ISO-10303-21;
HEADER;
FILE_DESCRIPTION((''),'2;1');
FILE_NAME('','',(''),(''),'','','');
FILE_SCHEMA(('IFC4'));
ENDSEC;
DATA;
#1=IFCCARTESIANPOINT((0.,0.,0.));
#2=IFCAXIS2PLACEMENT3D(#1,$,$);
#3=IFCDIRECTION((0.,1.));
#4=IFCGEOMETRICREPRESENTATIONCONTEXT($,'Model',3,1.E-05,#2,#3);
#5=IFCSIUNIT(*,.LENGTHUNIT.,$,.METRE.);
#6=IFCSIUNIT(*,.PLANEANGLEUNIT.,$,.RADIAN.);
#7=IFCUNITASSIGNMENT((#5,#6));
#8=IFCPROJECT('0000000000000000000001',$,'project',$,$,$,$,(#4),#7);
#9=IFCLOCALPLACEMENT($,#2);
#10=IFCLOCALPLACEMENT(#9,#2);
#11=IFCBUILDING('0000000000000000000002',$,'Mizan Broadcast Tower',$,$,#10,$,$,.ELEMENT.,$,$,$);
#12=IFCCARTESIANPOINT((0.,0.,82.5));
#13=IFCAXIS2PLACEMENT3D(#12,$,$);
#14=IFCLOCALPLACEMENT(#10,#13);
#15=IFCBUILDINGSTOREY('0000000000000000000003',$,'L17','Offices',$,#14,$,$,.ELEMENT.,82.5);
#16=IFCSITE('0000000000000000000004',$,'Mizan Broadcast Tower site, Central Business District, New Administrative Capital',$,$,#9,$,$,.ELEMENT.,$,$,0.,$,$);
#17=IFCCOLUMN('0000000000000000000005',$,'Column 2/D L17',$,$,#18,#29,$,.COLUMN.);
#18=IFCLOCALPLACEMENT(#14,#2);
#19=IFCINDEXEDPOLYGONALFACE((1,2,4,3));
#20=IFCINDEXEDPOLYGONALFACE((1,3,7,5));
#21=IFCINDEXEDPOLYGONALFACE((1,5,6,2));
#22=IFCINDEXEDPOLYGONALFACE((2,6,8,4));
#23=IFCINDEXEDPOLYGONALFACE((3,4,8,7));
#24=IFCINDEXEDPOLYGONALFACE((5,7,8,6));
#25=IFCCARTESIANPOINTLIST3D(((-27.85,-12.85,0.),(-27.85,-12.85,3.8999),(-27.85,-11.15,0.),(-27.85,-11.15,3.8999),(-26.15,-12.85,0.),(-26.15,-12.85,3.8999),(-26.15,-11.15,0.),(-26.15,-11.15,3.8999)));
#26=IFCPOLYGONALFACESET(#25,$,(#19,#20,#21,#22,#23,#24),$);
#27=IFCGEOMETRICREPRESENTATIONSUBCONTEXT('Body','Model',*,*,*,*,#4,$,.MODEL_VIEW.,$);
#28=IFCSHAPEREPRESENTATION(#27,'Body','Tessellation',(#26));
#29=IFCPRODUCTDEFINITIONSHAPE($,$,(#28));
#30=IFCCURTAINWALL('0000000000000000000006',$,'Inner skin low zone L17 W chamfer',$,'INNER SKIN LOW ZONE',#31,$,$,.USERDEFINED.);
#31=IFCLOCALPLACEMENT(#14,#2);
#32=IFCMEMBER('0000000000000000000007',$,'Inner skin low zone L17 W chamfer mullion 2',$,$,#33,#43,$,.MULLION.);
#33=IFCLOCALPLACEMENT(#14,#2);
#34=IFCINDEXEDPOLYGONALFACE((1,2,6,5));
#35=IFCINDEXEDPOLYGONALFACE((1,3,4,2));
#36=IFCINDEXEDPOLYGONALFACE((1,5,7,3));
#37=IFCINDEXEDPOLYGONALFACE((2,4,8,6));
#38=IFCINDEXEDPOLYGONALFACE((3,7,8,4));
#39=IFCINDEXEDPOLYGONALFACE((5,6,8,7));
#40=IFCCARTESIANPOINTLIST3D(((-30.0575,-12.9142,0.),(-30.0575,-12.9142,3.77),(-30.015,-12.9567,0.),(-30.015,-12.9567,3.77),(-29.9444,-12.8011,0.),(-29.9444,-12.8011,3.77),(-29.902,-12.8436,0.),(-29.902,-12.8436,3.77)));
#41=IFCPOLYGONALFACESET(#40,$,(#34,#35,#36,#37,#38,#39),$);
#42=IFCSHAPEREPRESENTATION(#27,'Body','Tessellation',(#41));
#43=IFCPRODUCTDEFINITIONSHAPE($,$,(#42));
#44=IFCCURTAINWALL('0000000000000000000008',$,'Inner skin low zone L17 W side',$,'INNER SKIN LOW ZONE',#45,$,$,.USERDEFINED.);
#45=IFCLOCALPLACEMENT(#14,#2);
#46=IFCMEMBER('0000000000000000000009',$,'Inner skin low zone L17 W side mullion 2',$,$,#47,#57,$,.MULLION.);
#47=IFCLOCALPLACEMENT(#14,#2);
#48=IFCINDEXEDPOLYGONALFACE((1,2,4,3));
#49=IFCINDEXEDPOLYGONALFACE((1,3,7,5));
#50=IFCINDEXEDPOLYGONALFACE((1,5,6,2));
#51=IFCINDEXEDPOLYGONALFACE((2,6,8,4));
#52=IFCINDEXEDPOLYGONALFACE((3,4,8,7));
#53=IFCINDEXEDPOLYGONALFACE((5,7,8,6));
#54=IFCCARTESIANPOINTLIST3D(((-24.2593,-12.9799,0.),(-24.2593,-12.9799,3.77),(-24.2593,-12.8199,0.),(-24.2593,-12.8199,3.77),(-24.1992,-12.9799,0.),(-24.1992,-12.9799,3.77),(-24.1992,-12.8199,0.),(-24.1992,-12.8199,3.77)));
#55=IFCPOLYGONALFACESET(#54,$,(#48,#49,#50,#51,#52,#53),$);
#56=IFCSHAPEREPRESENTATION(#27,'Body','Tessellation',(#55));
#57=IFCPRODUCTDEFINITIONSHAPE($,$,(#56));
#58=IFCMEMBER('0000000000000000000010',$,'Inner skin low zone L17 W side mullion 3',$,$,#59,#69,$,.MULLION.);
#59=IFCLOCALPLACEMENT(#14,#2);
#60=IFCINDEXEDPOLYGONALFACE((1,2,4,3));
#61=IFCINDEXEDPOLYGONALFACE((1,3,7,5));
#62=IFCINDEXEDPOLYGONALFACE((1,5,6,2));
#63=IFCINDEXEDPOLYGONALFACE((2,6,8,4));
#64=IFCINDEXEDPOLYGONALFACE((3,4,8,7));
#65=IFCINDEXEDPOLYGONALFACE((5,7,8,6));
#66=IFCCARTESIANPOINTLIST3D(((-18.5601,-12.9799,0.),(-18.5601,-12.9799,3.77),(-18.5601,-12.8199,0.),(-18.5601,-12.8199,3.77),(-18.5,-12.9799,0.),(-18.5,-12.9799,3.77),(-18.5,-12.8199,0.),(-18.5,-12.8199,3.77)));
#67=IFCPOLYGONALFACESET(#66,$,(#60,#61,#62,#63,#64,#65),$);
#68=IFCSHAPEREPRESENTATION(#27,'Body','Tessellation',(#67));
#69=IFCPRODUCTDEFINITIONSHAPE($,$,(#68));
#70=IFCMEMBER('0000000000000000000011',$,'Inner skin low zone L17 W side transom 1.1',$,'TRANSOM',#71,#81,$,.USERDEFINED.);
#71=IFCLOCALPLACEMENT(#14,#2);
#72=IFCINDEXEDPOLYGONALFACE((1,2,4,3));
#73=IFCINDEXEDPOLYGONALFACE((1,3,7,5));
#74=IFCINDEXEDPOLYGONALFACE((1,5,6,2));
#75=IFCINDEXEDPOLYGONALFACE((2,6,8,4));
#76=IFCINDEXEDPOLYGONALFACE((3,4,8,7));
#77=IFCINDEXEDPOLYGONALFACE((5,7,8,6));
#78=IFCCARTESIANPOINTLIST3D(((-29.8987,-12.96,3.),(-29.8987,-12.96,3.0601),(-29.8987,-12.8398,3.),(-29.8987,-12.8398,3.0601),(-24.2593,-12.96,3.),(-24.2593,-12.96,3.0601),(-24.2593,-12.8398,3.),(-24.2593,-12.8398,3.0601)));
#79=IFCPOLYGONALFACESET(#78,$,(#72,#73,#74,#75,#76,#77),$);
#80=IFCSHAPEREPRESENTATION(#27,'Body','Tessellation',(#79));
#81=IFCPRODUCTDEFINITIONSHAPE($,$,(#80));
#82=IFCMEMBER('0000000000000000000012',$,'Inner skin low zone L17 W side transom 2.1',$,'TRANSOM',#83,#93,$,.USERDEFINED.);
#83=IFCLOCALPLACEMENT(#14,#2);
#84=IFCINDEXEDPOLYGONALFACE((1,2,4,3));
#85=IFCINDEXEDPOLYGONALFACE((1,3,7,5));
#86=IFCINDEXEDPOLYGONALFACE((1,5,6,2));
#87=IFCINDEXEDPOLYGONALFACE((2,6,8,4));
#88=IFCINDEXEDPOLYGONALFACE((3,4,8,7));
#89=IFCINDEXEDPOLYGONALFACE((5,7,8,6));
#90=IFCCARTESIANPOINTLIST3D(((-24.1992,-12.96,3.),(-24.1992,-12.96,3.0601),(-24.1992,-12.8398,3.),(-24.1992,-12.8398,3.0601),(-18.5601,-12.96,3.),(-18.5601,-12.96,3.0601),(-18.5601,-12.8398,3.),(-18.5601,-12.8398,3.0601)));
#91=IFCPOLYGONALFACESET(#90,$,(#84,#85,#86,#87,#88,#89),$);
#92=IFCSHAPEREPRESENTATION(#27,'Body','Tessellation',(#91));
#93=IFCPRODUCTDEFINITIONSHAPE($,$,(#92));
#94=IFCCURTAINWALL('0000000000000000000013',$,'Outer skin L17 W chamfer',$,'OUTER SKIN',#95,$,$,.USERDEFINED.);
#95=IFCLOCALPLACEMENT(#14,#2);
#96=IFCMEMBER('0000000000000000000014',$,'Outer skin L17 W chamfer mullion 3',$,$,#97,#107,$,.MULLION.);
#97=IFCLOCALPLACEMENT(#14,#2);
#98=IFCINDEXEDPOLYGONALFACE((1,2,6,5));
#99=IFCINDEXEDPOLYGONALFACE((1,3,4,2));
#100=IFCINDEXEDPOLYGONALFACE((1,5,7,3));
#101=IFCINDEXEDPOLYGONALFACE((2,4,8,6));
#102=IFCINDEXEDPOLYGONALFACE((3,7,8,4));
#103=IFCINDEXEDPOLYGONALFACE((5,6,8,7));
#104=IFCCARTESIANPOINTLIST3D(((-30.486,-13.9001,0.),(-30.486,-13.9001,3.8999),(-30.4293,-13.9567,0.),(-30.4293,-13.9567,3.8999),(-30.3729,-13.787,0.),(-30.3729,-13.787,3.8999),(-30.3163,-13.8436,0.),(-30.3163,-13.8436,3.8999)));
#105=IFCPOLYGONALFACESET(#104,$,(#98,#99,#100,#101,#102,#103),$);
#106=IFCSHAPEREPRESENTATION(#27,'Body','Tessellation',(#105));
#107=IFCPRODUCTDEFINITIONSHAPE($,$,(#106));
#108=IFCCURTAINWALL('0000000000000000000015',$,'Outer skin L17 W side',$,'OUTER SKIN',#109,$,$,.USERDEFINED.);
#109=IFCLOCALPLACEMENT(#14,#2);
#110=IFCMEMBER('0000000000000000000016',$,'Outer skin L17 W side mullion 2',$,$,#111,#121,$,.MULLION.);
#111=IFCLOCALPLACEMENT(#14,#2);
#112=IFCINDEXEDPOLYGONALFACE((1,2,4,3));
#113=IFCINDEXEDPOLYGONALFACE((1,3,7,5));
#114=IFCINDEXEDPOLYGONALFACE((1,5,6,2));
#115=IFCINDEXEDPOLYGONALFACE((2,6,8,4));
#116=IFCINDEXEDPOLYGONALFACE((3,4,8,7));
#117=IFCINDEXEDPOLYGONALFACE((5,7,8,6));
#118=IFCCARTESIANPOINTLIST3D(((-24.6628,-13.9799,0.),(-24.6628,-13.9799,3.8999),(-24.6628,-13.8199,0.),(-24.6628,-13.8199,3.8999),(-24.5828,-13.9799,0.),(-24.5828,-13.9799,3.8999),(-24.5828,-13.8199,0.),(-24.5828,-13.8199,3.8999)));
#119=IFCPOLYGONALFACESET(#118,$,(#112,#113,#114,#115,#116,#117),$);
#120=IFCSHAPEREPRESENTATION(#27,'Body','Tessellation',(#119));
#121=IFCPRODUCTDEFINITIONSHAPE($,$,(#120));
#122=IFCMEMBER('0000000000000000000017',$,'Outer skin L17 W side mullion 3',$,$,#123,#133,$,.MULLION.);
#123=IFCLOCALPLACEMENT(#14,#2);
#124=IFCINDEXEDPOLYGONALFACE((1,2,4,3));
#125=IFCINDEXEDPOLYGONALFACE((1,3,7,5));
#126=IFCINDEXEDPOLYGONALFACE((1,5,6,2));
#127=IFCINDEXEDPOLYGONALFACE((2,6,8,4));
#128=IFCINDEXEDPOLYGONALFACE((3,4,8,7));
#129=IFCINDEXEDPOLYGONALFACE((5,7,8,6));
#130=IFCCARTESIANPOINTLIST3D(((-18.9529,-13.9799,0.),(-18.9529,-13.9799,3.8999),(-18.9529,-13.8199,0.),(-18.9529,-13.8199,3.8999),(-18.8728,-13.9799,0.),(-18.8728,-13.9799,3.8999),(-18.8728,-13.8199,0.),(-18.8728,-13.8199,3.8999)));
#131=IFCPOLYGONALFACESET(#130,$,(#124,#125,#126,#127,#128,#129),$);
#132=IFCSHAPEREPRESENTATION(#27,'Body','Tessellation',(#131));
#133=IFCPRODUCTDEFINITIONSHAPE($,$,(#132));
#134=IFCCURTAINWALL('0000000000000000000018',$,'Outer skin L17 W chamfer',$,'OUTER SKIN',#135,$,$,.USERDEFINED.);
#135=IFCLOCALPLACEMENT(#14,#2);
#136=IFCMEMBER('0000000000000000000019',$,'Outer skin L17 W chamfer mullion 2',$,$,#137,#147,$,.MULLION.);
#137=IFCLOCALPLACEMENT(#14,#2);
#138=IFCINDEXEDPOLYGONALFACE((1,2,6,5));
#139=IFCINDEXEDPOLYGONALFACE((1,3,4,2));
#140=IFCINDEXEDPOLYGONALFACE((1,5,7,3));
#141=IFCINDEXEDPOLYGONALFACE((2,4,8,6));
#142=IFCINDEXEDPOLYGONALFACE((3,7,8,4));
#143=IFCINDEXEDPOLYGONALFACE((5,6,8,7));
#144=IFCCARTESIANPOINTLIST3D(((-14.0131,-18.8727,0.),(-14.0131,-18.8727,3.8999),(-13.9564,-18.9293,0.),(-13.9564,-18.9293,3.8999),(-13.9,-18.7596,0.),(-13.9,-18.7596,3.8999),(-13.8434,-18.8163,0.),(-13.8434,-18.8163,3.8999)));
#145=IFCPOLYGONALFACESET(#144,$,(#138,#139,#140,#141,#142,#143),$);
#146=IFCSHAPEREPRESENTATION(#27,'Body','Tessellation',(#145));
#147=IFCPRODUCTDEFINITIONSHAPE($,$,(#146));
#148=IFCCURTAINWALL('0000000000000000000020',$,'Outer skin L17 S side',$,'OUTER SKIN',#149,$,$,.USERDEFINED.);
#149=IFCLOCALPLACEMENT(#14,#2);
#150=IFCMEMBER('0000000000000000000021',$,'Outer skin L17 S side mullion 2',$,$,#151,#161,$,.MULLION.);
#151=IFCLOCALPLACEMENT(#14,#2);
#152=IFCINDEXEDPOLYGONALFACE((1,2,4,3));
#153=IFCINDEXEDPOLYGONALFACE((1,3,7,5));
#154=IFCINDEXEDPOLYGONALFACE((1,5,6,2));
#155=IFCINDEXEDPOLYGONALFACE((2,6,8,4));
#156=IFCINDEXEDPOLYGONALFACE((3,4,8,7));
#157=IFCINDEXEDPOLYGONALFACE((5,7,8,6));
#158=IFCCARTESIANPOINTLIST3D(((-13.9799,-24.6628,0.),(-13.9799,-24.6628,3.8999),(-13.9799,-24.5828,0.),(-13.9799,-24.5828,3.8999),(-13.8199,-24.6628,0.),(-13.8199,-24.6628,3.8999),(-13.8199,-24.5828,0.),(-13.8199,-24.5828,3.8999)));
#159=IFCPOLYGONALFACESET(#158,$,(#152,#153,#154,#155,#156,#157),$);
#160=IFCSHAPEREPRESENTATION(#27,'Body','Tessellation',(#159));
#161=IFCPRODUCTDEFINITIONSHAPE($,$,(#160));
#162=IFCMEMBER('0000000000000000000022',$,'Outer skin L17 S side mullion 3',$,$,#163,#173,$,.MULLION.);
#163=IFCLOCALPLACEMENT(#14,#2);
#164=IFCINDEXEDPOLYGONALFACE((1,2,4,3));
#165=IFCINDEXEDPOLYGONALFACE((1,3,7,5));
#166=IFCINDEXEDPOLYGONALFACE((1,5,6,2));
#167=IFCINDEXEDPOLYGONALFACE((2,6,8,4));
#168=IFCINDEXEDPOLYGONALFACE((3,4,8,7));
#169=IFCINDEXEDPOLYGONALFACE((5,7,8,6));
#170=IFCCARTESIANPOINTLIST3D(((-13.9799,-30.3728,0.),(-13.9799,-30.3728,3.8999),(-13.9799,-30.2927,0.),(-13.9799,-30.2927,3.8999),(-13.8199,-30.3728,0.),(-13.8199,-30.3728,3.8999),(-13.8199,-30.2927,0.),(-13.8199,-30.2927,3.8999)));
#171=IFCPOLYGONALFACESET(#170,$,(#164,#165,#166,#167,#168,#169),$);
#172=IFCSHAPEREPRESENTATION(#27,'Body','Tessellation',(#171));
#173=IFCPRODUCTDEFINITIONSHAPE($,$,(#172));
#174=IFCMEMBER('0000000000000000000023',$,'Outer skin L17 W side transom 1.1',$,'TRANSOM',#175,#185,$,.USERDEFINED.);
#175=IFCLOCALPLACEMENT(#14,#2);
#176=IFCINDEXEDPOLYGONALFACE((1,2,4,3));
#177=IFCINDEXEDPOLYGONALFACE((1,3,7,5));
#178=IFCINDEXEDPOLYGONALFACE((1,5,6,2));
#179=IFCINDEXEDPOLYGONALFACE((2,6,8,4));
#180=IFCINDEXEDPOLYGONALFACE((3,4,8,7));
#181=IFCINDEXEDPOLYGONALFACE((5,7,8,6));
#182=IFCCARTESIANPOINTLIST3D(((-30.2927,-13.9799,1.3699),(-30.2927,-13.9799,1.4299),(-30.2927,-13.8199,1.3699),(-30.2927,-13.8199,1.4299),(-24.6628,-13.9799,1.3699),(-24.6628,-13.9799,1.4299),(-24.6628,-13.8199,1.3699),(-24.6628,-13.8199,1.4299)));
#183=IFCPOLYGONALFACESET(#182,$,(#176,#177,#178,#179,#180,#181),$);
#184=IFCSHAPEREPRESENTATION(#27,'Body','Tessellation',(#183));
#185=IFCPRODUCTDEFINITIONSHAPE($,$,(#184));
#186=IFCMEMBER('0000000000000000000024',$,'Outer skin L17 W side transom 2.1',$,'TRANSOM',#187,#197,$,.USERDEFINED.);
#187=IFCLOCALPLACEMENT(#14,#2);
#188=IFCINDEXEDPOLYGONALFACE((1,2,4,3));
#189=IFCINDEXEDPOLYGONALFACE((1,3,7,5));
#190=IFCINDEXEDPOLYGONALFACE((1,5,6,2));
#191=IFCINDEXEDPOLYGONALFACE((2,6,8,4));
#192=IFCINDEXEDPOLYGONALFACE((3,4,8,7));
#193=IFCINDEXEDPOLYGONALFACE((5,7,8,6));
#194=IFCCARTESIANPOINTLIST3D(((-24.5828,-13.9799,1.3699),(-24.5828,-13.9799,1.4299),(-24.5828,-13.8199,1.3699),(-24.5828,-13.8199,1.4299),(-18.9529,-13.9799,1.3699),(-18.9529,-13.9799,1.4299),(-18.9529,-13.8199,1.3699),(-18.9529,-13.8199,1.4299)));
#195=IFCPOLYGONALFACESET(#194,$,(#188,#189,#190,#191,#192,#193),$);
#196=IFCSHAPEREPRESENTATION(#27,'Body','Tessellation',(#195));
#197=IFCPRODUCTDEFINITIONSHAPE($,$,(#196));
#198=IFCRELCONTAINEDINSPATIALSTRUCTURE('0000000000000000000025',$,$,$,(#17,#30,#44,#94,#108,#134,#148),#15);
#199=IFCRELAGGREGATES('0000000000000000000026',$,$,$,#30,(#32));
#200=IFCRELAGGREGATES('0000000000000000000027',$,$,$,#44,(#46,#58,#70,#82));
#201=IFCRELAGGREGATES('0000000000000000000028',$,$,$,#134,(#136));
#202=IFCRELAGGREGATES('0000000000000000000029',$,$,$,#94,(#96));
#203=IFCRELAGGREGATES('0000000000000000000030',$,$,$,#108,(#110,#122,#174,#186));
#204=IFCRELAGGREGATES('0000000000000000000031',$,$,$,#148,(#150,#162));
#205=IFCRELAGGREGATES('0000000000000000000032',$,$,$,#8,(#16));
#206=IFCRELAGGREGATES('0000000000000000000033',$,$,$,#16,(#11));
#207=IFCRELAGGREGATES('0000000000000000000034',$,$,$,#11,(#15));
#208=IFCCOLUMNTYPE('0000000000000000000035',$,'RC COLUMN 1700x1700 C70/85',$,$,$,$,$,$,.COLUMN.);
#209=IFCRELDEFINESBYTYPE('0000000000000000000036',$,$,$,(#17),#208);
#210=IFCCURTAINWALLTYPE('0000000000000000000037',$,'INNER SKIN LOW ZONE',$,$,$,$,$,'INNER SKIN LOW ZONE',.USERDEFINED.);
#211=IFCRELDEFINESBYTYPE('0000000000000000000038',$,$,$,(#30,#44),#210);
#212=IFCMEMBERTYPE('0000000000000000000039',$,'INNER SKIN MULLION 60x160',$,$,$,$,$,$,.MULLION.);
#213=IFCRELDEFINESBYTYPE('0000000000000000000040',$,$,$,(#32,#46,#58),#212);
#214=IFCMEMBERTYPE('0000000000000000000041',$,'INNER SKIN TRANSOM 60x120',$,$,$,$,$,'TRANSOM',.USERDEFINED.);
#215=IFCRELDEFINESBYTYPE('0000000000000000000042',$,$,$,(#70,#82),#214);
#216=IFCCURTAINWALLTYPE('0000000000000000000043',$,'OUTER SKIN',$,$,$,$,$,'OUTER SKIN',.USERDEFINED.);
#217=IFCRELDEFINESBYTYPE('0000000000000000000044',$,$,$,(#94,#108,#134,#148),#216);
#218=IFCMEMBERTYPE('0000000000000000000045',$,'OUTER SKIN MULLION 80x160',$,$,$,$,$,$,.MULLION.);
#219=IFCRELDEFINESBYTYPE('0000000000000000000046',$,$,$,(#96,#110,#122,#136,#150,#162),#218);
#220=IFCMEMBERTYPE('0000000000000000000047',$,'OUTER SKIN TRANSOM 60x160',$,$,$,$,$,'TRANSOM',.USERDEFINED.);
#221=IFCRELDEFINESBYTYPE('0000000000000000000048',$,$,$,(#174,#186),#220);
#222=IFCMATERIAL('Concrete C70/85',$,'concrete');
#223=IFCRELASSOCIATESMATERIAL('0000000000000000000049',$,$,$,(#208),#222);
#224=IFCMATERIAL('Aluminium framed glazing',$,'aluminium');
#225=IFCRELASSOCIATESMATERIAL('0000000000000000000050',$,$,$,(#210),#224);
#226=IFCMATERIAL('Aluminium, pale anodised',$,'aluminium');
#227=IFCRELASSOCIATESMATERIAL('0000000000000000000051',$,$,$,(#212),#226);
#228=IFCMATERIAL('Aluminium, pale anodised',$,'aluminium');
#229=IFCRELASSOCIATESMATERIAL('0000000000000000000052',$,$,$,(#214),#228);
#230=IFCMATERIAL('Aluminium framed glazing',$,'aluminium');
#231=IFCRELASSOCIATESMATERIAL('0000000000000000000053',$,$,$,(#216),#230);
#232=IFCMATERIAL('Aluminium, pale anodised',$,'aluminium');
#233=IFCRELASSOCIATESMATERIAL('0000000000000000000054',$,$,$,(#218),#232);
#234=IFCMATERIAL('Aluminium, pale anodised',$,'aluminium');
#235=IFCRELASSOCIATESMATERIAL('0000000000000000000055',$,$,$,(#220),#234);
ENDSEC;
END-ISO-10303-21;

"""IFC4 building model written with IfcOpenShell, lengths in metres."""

from ifc_helpers import new_model, si_unit, direction, frame, origin, origin_2d, place, context, subcontext, project, spatial, rectangle, extrude, material, material_profile, profile_set, type_object, element, aggregate, save


model = new_model("IFC4")

# Units and contexts
model_context = context("Model", 3, precision=1e-05, world=origin(), true_north=direction((0.0, 1.0)))
body_context = subcontext(model_context, "Body", "Model", "MODEL_VIEW")
ifc_project = project(units=[si_unit("LENGTHUNIT", "METRE"), si_unit("PLANEANGLEUNIT", "RADIAN")], contexts=[model_context])

# Site, building, storey
site_placement = place(None, origin())
site = spatial("IfcSite", under=ifc_project, at=site_placement, Name="Mizan Broadcast Tower site, Central Business District, New Administrative Capital", CompositionType="ELEMENT", RefElevation=0.0)
building_placement = place(site_placement, origin())
building = spatial("IfcBuilding", under=site, at=building_placement, Name="Mizan Broadcast Tower", CompositionType="ELEMENT")
storey_placement = place(building_placement, frame((0.0, 0.0, 82.5)))
storey = spatial("IfcBuildingStorey", under=building, at=storey_placement, Name="L17", Description="Offices", CompositionType="ELEMENT", Elevation=82.5)

# Column
ifc_material_1 = material(Name="Concrete C70/85", Category="concrete")
ifc_material_profile_1 = material_profile(ifc_material_1, rectangle(XDim=1.7, YDim=1.7, at=origin_2d()), Name="RC 1700x1700")
ifc_profile_set_1 = profile_set([ifc_material_profile_1], Name="Concrete C70/85")
column_type = type_object("IfcColumnType", Name="RC COLUMN 1700x1700 C70/85", PredefinedType="COLUMN", material=ifc_profile_set_1)
column_placement = place(storey_placement, frame((-27.0, -12.0, 0.0), z_axis=(0.0, 0.0, 1.0), x_axis=(1.0, 0.0, 0.0)))
element("IfcColumn", 1, at=column_placement, inside=storey, type_object=column_type, Name="Column 2/D L17", PredefinedType="COLUMN", context=body_context, shape_type="SweptSolid", body=[
    extrude(rectangle(XDim=1.7, YDim=1.7, at=origin_2d()), origin(), (0.0, 0.0, 1.0), 3.8999),
])

# Curtain wall, member
ifc_material_2 = material(Name="Aluminium framed glazing", Category="aluminium")
curtain_wall_type_1 = type_object("IfcCurtainWallType", Name="INNER SKIN LOW ZONE", ElementType="INNER SKIN LOW ZONE", PredefinedType="USERDEFINED", material=ifc_material_2)
curtain_wall_1_placement = place(storey_placement, origin())
curtain_wall_1 = element("IfcCurtainWall", 2, at=curtain_wall_1_placement, inside=storey, type_object=curtain_wall_type_1, Name="Inner skin low zone L17 W chamfer", ObjectType="INNER SKIN LOW ZONE", PredefinedType="USERDEFINED")
ifc_material_3 = material(Name="Aluminium, pale anodised", Category="aluminium")
ifc_material_profile_2 = material_profile(ifc_material_3, rectangle(XDim=0.1599, YDim=0.0601, at=origin_2d()), Name="MULLION 160x60")
ifc_profile_set_2 = profile_set([ifc_material_profile_2], Name="Aluminium, pale anodised")
member_type_1 = type_object("IfcMemberType", Name="INNER SKIN MULLION 60x160", PredefinedType="MULLION", material=ifc_profile_set_2)
member_1_placement = place(storey_placement, frame((-29.9797, -12.8789, 0.0), z_axis=(0.0, 0.0, 1.0), x_axis=(0.707107, 0.707107, 0.0)))
member_1 = element("IfcMember", 3, at=member_1_placement, type_object=member_type_1, Name="Inner skin low zone L17 W chamfer mullion 2", PredefinedType="MULLION", context=body_context, shape_type="SweptSolid", body=[
    extrude(rectangle(XDim=0.1599, YDim=0.0601, at=origin_2d()), origin(), (0.0, 0.0, 1.0), 3.77),
])
aggregate(curtain_wall_1, [member_1])

# Curtain wall, members
curtain_wall_2_placement = place(storey_placement, origin())
curtain_wall_2 = element("IfcCurtainWall", 4, at=curtain_wall_2_placement, inside=storey, type_object=curtain_wall_type_1, Name="Inner skin low zone L17 W side", ObjectType="INNER SKIN LOW ZONE", PredefinedType="USERDEFINED")
member_2_placement = place(storey_placement, frame((-24.2292, -12.8999, 0.0), z_axis=(0.0, 0.0, 1.0), x_axis=(0.0, 1.0, 0.0)))
member_2 = element("IfcMember", 5, at=member_2_placement, type_object=member_type_1, Name="Inner skin low zone L17 W side mullion 2", PredefinedType="MULLION", context=body_context, shape_type="SweptSolid", body=[
    extrude(rectangle(XDim=0.1599, YDim=0.0601, at=origin_2d()), origin(), (0.0, 0.0, 1.0), 3.77),
])
member_3_placement = place(storey_placement, frame((-18.53, -12.8999, 0.0), z_axis=(0.0, 0.0, 1.0), x_axis=(0.0, 1.0, 0.0)))
member_3 = element("IfcMember", 6, at=member_3_placement, type_object=member_type_1, Name="Inner skin low zone L17 W side mullion 3", PredefinedType="MULLION", context=body_context, shape_type="SweptSolid", body=[
    extrude(rectangle(XDim=0.1599, YDim=0.0601, at=origin_2d()), origin(), (0.0, 0.0, 1.0), 3.77),
])
ifc_material_4 = material(Name="Aluminium, pale anodised", Category="aluminium")
ifc_material_profile_3 = material_profile(ifc_material_4, rectangle(XDim=0.1201, YDim=0.0601, at=origin_2d()), Name="TRANSOM 120x60")
ifc_profile_set_3 = profile_set([ifc_material_profile_3], Name="Aluminium, pale anodised")
member_type_2 = type_object("IfcMemberType", Name="INNER SKIN TRANSOM 60x120", ElementType="TRANSOM", PredefinedType="USERDEFINED", material=ifc_profile_set_3)
member_4_placement = place(storey_placement, frame((-29.8987, -12.8999, 3.03), z_axis=(1.0, 0.0, 0.0), x_axis=(0.0, 1.0, 0.0)))
member_4 = element("IfcMember", 7, at=member_4_placement, type_object=member_type_2, Name="Inner skin low zone L17 W side transom 1.1", ObjectType="TRANSOM", PredefinedType="USERDEFINED", context=body_context, shape_type="SweptSolid", body=[
    extrude(rectangle(XDim=0.1201, YDim=0.0601, at=origin_2d()), origin(), (0.0, 0.0, 1.0), 5.6394),
])
member_5_placement = place(storey_placement, frame((-24.1992, -12.8999, 3.03), z_axis=(1.0, 0.0, 0.0), x_axis=(0.0, 1.0, 0.0)))
member_5 = element("IfcMember", 8, at=member_5_placement, type_object=member_type_2, Name="Inner skin low zone L17 W side transom 2.1", ObjectType="TRANSOM", PredefinedType="USERDEFINED", context=body_context, shape_type="SweptSolid", body=[
    extrude(rectangle(XDim=0.1201, YDim=0.0601, at=origin_2d()), origin(), (0.0, 0.0, 1.0), 5.6392),
])

# Curtain wall, member
ifc_material_5 = material(Name="Aluminium framed glazing", Category="aluminium")
curtain_wall_type_2 = type_object("IfcCurtainWallType", Name="OUTER SKIN", ElementType="OUTER SKIN", PredefinedType="USERDEFINED", material=ifc_material_5)
curtain_wall_3_placement = place(storey_placement, origin())
curtain_wall_3 = element("IfcCurtainWall", 9, at=curtain_wall_3_placement, inside=storey, type_object=curtain_wall_type_2, Name="Outer skin L17 W chamfer", ObjectType="OUTER SKIN", PredefinedType="USERDEFINED")
ifc_material_6 = material(Name="Aluminium, pale anodised", Category="aluminium")
ifc_material_profile_4 = material_profile(ifc_material_6, rectangle(XDim=0.1599, YDim=0.0801, at=origin_2d()), Name="MULLION 160x80")
ifc_profile_set_4 = profile_set([ifc_material_profile_4], Name="Aluminium, pale anodised")
member_type_3 = type_object("IfcMemberType", Name="OUTER SKIN MULLION 80x160", PredefinedType="MULLION", material=ifc_profile_set_4)
member_6_placement = place(storey_placement, frame((-30.4011, -13.8718, 0.0), z_axis=(0.0, 0.0, 1.0), x_axis=(0.707107, 0.707107, 0.0)))
member_6 = element("IfcMember", 10, at=member_6_placement, type_object=member_type_3, Name="Outer skin L17 W chamfer mullion 3", PredefinedType="MULLION", context=body_context, shape_type="SweptSolid", body=[
    extrude(rectangle(XDim=0.1599, YDim=0.0801, at=origin_2d()), origin(), (0.0, 0.0, 1.0), 3.8999),
])

# Curtain wall, members
curtain_wall_4_placement = place(storey_placement, origin())
curtain_wall_4 = element("IfcCurtainWall", 11, at=curtain_wall_4_placement, inside=storey, type_object=curtain_wall_type_2, Name="Outer skin L17 W side", ObjectType="OUTER SKIN", PredefinedType="USERDEFINED")
member_7_placement = place(storey_placement, frame((-24.6228, -13.8999, 0.0), z_axis=(0.0, 0.0, 1.0), x_axis=(0.0, 1.0, 0.0)))
member_7 = element("IfcMember", 12, at=member_7_placement, type_object=member_type_3, Name="Outer skin L17 W side mullion 2", PredefinedType="MULLION", context=body_context, shape_type="SweptSolid", body=[
    extrude(rectangle(XDim=0.1599, YDim=0.0801, at=origin_2d()), origin(), (0.0, 0.0, 1.0), 3.8999),
])
member_8_placement = place(storey_placement, frame((-18.9128, -13.8999, 0.0), z_axis=(0.0, 0.0, 1.0), x_axis=(0.0, 1.0, 0.0)))
member_8 = element("IfcMember", 13, at=member_8_placement, type_object=member_type_3, Name="Outer skin L17 W side mullion 3", PredefinedType="MULLION", context=body_context, shape_type="SweptSolid", body=[
    extrude(rectangle(XDim=0.1599, YDim=0.0801, at=origin_2d()), origin(), (0.0, 0.0, 1.0), 3.8999),
])

# Curtain wall, member
curtain_wall_5_placement = place(storey_placement, origin())
curtain_wall_5 = element("IfcCurtainWall", 14, at=curtain_wall_5_placement, inside=storey, type_object=curtain_wall_type_2, Name="Outer skin L17 W chamfer", ObjectType="OUTER SKIN", PredefinedType="USERDEFINED")
member_9_placement = place(storey_placement, frame((-13.9282, -18.8445, 0.0), z_axis=(0.0, 0.0, 1.0), x_axis=(0.707107, 0.707107, 0.0)))
member_9 = element("IfcMember", 15, at=member_9_placement, type_object=member_type_3, Name="Outer skin L17 W chamfer mullion 2", PredefinedType="MULLION", context=body_context, shape_type="SweptSolid", body=[
    extrude(rectangle(XDim=0.1599, YDim=0.0801, at=origin_2d()), origin(), (0.0, 0.0, 1.0), 3.8999),
])

# Curtain wall, members
curtain_wall_6_placement = place(storey_placement, origin())
curtain_wall_6 = element("IfcCurtainWall", 16, at=curtain_wall_6_placement, inside=storey, type_object=curtain_wall_type_2, Name="Outer skin L17 S side", ObjectType="OUTER SKIN", PredefinedType="USERDEFINED")
member_10_placement = place(storey_placement, frame((-13.8999, -24.6228, 0.0), z_axis=(0.0, 0.0, 1.0), x_axis=(1.0, 0.0, 0.0)))
member_10 = element("IfcMember", 17, at=member_10_placement, type_object=member_type_3, Name="Outer skin L17 S side mullion 2", PredefinedType="MULLION", context=body_context, shape_type="SweptSolid", body=[
    extrude(rectangle(XDim=0.1599, YDim=0.0801, at=origin_2d()), origin(), (0.0, 0.0, 1.0), 3.8999),
])
member_11_placement = place(storey_placement, frame((-13.8999, -30.3328, 0.0), z_axis=(0.0, 0.0, 1.0), x_axis=(1.0, 0.0, 0.0)))
member_11 = element("IfcMember", 18, at=member_11_placement, type_object=member_type_3, Name="Outer skin L17 S side mullion 3", PredefinedType="MULLION", context=body_context, shape_type="SweptSolid", body=[
    extrude(rectangle(XDim=0.1599, YDim=0.0801, at=origin_2d()), origin(), (0.0, 0.0, 1.0), 3.8999),
])

# Members
ifc_material_7 = material(Name="Aluminium, pale anodised", Category="aluminium")
ifc_material_profile_5 = material_profile(ifc_material_7, rectangle(XDim=0.1599, YDim=0.0601, at=origin_2d()), Name="TRANSOM 160x60")
ifc_profile_set_5 = profile_set([ifc_material_profile_5], Name="Aluminium, pale anodised")
member_type_4 = type_object("IfcMemberType", Name="OUTER SKIN TRANSOM 60x160", ElementType="TRANSOM", PredefinedType="USERDEFINED", material=ifc_profile_set_5)
member_12_placement = place(storey_placement, frame((-30.2927, -13.8999, 1.3999), z_axis=(1.0, 0.0, 0.0), x_axis=(0.0, 1.0, 0.0)))
member_12 = element("IfcMember", 19, at=member_12_placement, type_object=member_type_4, Name="Outer skin L17 W side transom 1.1", ObjectType="TRANSOM", PredefinedType="USERDEFINED", context=body_context, shape_type="SweptSolid", body=[
    extrude(rectangle(XDim=0.1599, YDim=0.0601, at=origin_2d()), origin(), (0.0, 0.0, 1.0), 5.6299),
])
member_13_placement = place(storey_placement, frame((-24.5828, -13.8999, 1.3999), z_axis=(1.0, 0.0, 0.0), x_axis=(0.0, 1.0, 0.0)))
member_13 = element("IfcMember", 20, at=member_13_placement, type_object=member_type_4, Name="Outer skin L17 W side transom 2.1", ObjectType="TRANSOM", PredefinedType="USERDEFINED", context=body_context, shape_type="SweptSolid", body=[
    extrude(rectangle(XDim=0.1599, YDim=0.0601, at=origin_2d()), origin(), (0.0, 0.0, 1.0), 5.6299),
])

aggregate(curtain_wall_2, [member_2, member_3, member_4, member_5])
aggregate(curtain_wall_5, [member_9])
aggregate(curtain_wall_3, [member_6])
aggregate(curtain_wall_4, [member_7, member_8, member_12, member_13])
aggregate(curtain_wall_6, [member_10, member_11])

save(model, "model.ifc")
